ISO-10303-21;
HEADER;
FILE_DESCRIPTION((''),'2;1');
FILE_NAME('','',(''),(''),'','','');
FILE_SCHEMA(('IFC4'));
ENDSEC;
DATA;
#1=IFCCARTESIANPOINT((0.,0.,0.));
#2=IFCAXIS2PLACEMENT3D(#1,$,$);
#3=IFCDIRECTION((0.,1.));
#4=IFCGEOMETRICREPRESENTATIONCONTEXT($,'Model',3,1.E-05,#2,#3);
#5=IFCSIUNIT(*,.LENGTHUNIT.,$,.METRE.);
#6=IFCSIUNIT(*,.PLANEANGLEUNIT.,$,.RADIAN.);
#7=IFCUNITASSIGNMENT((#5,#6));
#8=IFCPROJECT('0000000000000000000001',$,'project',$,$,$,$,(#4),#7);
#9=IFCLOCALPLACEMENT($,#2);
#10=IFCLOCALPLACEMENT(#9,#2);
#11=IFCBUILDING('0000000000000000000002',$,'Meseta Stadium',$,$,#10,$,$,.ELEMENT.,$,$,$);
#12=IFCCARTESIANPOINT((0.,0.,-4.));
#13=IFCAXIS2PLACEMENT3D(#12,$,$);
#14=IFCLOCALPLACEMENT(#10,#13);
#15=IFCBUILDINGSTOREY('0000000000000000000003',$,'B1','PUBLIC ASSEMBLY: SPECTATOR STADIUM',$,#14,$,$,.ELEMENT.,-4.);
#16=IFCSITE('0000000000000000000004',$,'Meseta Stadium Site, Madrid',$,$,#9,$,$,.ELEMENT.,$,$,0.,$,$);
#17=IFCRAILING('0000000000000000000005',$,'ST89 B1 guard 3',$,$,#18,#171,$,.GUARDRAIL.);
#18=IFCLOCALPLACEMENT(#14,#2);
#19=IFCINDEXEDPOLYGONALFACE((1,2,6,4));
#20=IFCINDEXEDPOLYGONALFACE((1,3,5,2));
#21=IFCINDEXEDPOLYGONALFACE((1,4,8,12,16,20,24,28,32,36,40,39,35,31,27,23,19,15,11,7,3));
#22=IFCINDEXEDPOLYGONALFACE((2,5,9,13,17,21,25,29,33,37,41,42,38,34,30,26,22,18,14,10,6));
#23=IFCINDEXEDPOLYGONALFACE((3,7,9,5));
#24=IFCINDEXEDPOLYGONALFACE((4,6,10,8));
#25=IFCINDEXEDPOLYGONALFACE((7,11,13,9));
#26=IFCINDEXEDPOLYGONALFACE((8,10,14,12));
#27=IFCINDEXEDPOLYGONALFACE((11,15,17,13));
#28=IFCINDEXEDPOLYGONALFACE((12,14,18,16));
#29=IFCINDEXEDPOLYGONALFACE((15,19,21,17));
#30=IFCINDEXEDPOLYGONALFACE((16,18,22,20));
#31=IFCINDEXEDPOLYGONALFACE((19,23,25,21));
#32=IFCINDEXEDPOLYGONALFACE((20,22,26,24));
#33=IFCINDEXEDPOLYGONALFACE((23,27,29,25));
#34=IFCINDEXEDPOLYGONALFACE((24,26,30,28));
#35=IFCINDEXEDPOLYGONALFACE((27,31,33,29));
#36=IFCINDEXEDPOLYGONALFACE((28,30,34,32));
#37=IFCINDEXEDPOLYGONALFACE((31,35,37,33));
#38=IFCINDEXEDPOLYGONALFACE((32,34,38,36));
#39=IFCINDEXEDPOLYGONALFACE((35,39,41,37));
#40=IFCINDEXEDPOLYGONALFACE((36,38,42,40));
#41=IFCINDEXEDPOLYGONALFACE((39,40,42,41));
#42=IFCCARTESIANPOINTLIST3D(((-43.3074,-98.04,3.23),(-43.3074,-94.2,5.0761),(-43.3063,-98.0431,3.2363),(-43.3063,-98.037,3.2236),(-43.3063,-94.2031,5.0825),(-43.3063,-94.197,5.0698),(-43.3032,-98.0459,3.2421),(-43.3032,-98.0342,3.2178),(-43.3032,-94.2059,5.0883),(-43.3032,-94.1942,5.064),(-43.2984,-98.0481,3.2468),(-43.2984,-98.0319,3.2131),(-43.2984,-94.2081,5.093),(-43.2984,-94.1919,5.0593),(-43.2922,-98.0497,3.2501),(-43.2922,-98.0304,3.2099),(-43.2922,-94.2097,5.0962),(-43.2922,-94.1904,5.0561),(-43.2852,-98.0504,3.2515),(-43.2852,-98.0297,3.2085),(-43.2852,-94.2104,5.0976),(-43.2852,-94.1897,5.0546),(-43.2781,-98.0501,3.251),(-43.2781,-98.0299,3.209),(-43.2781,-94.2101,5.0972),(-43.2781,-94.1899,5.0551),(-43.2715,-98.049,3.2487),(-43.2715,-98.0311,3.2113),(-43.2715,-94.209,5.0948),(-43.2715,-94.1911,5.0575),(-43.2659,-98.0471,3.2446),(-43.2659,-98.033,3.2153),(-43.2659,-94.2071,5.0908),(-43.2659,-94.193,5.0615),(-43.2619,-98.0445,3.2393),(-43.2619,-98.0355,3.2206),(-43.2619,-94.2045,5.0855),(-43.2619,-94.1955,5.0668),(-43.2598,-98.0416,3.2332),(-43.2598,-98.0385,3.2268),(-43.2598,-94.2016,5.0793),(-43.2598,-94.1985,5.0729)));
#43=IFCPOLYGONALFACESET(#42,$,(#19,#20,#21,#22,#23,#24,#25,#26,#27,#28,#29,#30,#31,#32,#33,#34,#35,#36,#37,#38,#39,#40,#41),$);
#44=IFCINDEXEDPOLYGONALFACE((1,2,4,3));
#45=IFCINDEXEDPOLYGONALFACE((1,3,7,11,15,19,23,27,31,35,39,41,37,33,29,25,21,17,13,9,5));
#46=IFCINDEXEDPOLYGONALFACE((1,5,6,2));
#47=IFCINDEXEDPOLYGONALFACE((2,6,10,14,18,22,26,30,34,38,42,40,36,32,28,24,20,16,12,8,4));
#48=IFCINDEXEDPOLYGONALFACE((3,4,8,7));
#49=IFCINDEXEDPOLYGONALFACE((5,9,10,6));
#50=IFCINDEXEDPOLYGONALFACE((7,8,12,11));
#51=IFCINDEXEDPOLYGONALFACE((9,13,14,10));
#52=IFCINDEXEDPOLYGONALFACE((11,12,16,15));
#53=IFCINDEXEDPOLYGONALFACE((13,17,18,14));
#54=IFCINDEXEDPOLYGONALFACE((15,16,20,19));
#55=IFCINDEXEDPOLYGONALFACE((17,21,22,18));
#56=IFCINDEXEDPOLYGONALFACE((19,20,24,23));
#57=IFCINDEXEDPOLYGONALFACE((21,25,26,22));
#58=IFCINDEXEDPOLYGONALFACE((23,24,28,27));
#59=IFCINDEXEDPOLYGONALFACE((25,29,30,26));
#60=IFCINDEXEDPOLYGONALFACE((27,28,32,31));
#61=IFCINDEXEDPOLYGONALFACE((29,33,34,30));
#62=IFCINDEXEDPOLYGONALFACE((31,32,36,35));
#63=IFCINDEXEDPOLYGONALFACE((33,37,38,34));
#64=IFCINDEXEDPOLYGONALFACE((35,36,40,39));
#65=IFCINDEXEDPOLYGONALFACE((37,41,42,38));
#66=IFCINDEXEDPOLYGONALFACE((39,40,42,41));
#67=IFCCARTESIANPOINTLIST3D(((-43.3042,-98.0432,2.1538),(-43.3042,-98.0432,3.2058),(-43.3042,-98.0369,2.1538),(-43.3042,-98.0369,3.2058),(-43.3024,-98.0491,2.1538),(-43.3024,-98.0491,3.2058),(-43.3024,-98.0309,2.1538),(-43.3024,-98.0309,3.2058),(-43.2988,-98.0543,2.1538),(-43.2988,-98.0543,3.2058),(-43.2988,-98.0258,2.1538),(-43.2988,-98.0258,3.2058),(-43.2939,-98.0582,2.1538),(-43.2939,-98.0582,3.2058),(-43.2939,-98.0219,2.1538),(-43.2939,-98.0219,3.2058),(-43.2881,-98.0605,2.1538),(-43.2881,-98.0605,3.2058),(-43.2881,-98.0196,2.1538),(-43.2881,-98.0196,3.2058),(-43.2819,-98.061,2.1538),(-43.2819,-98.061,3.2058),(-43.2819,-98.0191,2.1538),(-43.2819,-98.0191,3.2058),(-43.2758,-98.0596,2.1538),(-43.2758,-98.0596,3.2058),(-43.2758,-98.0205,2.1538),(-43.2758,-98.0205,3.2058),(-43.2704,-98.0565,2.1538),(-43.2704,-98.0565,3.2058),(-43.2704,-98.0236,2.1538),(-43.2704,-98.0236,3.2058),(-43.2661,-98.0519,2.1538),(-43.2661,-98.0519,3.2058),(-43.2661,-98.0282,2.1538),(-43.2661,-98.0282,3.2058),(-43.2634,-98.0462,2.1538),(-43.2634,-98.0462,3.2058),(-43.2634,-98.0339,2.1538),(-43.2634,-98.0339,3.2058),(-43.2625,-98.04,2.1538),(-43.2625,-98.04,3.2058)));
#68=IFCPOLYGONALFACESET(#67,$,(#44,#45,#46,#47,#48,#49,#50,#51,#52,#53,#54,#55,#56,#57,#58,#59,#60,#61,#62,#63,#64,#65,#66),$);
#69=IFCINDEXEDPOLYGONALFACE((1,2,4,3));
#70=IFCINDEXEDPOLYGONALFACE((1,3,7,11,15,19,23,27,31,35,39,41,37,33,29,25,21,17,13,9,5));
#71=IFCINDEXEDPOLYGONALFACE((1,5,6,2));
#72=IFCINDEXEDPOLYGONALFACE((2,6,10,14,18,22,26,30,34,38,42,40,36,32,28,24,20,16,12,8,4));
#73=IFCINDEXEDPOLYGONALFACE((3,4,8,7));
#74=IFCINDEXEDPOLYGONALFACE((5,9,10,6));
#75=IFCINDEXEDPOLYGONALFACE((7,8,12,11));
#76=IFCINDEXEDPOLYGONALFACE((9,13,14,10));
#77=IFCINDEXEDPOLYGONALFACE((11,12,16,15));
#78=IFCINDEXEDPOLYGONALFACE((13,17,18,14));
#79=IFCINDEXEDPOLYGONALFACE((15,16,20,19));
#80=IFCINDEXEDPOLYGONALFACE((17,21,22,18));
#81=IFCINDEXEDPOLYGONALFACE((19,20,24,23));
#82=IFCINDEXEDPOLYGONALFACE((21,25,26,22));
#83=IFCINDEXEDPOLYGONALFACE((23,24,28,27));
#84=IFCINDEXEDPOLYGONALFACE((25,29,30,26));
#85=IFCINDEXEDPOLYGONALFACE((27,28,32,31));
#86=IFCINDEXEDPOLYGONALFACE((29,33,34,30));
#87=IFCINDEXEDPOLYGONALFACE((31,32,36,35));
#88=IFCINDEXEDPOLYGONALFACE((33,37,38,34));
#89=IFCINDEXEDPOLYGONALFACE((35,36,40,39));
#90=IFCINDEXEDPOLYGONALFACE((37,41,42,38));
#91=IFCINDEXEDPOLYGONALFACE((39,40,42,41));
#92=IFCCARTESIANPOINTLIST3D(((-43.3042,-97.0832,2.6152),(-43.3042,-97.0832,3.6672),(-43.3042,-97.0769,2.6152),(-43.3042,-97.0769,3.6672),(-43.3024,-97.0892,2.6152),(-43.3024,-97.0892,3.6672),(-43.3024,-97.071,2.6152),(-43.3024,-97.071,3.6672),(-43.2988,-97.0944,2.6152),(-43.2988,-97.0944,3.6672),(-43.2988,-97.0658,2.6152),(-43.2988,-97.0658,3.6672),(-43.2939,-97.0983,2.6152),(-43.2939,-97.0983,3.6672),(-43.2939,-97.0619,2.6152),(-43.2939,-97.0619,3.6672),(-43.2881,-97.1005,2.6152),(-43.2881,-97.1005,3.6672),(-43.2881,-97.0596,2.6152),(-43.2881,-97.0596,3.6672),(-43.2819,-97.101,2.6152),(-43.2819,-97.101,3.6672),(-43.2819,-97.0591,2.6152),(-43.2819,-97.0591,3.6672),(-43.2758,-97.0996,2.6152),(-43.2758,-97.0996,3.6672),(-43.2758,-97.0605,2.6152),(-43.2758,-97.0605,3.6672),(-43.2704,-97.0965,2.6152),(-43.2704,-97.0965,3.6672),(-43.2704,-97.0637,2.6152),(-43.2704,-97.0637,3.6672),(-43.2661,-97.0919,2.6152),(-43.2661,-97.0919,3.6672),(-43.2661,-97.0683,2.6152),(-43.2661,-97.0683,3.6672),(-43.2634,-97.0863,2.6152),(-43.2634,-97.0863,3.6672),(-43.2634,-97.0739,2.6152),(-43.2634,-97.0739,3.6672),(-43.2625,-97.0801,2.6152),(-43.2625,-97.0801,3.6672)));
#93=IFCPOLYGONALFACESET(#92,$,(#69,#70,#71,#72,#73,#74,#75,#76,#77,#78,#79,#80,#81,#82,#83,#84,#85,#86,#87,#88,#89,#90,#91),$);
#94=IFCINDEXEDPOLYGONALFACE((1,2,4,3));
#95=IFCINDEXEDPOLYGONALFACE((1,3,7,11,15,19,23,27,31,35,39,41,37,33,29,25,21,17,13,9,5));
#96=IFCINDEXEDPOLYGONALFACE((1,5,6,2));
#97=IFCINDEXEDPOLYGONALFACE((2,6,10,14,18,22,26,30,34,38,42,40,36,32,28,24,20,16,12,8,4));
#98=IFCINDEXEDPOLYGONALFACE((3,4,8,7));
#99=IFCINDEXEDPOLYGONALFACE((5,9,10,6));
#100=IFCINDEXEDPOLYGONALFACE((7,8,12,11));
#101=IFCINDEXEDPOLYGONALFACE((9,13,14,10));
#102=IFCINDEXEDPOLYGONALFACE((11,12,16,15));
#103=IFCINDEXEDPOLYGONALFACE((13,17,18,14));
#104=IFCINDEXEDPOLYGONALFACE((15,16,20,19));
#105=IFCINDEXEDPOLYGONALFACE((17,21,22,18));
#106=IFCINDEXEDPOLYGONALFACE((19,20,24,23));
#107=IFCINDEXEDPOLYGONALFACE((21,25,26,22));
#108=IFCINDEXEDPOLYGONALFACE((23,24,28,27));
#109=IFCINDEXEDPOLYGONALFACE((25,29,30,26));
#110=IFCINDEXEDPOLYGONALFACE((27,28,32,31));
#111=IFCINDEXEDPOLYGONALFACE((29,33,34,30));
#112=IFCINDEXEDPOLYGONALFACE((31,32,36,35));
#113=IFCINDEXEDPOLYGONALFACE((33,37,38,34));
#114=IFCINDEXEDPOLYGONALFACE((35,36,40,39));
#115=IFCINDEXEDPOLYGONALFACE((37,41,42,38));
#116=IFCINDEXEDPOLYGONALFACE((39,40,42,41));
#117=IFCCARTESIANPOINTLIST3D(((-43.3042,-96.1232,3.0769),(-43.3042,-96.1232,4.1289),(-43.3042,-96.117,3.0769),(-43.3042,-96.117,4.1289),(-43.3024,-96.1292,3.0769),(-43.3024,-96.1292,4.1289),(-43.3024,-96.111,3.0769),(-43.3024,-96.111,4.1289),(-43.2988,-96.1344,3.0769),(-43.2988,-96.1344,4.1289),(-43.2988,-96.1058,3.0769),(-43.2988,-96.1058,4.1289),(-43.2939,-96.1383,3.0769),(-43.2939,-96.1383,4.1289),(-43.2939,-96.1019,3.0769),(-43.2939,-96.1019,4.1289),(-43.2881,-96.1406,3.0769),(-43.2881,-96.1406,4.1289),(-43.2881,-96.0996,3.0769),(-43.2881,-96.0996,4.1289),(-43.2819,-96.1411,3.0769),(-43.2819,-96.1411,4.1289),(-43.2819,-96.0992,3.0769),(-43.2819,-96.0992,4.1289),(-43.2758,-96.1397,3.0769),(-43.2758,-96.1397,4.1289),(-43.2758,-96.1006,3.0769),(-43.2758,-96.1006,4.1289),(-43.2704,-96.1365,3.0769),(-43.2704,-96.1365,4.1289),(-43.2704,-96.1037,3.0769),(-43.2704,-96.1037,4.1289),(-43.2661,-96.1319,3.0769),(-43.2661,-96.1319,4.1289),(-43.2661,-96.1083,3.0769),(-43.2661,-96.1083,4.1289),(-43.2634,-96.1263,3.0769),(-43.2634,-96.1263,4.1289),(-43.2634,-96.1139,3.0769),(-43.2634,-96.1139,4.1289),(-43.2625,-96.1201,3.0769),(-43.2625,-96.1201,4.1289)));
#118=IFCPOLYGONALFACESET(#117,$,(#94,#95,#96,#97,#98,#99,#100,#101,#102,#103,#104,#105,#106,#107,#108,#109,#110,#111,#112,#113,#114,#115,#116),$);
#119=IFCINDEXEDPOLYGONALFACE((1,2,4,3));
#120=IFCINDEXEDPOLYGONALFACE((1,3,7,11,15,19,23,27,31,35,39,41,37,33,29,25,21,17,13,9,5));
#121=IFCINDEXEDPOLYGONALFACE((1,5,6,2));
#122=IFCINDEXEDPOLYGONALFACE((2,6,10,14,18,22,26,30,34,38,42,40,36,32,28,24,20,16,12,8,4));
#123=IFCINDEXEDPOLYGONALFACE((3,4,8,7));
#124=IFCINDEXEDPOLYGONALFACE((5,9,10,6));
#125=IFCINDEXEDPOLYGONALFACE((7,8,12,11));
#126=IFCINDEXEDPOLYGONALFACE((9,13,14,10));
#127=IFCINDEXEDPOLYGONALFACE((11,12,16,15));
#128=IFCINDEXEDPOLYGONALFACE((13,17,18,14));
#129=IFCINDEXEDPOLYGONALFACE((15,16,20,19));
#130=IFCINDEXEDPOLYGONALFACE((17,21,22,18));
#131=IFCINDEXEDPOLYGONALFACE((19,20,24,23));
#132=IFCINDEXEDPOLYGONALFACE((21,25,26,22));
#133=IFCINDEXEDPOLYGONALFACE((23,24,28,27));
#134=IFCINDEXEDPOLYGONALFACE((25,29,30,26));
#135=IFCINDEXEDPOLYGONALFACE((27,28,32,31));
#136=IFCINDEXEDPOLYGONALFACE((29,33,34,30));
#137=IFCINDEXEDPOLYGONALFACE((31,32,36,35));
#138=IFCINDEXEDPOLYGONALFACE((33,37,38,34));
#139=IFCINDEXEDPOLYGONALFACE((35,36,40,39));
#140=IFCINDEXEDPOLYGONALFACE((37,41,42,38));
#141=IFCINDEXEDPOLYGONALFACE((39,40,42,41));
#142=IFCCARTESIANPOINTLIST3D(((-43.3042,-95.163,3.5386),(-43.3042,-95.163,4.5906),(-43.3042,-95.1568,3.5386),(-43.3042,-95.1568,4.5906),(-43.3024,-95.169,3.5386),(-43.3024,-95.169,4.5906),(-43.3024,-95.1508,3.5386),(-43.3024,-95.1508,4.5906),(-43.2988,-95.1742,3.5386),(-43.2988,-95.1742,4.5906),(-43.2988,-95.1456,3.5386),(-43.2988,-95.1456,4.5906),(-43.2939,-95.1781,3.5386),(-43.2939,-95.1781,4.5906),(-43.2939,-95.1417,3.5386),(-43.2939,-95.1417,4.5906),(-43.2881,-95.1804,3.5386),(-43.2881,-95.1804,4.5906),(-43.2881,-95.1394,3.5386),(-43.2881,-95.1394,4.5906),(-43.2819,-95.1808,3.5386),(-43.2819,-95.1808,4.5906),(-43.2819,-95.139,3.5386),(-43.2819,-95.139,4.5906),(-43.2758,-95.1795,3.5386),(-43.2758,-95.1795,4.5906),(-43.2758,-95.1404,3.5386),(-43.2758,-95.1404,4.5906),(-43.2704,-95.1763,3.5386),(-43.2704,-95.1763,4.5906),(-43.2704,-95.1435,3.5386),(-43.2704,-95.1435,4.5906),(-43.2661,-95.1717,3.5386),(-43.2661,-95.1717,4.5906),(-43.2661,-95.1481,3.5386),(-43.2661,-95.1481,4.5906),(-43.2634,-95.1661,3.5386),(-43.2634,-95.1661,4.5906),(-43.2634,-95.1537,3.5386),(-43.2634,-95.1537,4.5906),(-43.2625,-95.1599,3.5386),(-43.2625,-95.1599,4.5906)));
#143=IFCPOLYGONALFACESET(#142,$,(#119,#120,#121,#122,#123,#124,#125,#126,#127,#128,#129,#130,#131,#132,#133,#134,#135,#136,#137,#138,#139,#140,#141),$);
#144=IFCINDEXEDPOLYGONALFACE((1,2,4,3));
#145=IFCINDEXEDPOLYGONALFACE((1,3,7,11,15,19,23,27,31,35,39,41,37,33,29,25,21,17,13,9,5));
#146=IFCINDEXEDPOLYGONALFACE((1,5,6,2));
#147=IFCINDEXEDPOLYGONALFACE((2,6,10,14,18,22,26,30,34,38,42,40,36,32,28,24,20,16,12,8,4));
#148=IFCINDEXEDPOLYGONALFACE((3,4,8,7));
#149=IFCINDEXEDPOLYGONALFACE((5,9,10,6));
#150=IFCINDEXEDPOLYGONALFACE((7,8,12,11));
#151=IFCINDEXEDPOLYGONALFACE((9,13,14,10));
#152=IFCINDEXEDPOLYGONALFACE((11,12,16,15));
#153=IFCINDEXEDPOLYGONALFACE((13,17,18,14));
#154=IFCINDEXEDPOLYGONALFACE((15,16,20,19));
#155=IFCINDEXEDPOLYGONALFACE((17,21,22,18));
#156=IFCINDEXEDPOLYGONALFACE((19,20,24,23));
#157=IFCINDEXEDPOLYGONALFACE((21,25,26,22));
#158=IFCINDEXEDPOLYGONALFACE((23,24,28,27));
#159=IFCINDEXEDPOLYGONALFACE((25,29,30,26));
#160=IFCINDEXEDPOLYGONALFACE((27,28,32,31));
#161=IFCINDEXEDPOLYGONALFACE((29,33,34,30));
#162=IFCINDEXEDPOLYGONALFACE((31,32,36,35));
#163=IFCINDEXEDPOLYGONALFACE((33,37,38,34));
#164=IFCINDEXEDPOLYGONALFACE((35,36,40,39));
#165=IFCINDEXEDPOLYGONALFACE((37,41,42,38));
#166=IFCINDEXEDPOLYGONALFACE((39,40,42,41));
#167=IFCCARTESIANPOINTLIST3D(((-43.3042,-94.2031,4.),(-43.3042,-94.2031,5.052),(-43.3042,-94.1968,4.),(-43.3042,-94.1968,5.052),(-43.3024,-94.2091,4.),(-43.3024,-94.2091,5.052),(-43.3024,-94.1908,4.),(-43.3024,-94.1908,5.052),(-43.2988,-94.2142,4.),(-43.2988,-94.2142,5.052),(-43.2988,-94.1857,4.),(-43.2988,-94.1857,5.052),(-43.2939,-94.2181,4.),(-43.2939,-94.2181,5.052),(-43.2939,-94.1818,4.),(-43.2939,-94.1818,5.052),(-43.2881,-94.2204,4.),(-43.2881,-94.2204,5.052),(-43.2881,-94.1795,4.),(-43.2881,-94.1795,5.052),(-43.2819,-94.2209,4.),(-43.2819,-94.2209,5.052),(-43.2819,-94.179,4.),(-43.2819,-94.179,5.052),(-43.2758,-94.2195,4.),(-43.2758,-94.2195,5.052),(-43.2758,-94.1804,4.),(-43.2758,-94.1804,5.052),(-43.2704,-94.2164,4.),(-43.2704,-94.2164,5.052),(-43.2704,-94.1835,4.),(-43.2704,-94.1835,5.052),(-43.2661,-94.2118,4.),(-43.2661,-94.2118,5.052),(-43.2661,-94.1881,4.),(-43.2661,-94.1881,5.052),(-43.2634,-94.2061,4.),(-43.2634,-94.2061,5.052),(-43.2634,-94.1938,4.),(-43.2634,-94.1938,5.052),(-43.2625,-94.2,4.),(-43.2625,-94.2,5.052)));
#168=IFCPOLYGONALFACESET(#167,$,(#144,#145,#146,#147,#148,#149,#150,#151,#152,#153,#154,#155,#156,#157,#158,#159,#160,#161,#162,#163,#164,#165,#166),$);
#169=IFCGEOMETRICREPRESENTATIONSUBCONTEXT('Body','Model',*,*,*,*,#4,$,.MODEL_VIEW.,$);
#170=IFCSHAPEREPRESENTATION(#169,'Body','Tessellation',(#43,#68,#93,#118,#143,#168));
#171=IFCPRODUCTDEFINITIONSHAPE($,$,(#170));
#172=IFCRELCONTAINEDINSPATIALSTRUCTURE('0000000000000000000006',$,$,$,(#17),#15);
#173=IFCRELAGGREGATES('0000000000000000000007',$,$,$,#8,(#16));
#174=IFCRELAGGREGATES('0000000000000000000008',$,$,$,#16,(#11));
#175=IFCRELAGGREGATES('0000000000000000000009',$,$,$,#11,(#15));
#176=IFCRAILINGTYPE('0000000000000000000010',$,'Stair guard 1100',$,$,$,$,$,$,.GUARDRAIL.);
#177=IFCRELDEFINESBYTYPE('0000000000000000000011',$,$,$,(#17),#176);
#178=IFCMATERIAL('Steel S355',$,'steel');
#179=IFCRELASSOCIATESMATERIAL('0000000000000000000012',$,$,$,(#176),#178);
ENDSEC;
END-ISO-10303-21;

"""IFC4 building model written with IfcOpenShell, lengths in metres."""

from ifc_helpers import new_model, si_unit, direction, frame, origin, origin_2d, place, context, subcontext, project, spatial, circle, extrude, material, type_object, element, save


model = new_model("IFC4")

# Units and contexts
model_context = context("Model", 3, precision=1e-05, world=origin(), true_north=direction((0.0, 1.0)))
body_context = subcontext(model_context, "Body", "Model", "MODEL_VIEW")
ifc_project = project(units=[si_unit("LENGTHUNIT", "METRE"), si_unit("PLANEANGLEUNIT", "RADIAN")], contexts=[model_context])

# Site, building, storey
site_placement = place(None, origin())
site = spatial("IfcSite", under=ifc_project, at=site_placement, Name="Meseta Stadium Site, Madrid", CompositionType="ELEMENT", RefElevation=0.0)
building_placement = place(site_placement, origin())
building = spatial("IfcBuilding", under=site, at=building_placement, Name="Meseta Stadium", CompositionType="ELEMENT")
storey_placement = place(building_placement, frame((0.0, 0.0, -4.0)))
storey = spatial("IfcBuildingStorey", under=building, at=storey_placement, Name="B1", Description="PUBLIC ASSEMBLY: SPECTATOR STADIUM", CompositionType="ELEMENT", Elevation=-4.0)

# Railing
ifc_material_1 = material(Name="Steel S355", Category="steel")
railing_type_1 = type_object("IfcRailingType", Name="Stair guard 1100", PredefinedType="GUARDRAIL", material=ifc_material_1)
railing_1_placement = place(storey_placement, frame((-43.2834, -98.04, 2.1538)))
element("IfcRailing", 1, at=railing_1_placement, inside=storey, type_object=railing_type_1, Name="ST89 B1 guard 3", PredefinedType="GUARDRAIL", context=body_context, shape_type="SweptSolid", body=[
    extrude(circle(Radius=0.0239, at=origin_2d()), frame((0.0, 0.0, 1.0762), z_axis=(0.0, 0.901253, 0.433294), x_axis=(-1.0, 0.0, 0.0)), (0.0, 0.0, 1.0), 4.2607),
    extrude(circle(Radius=0.021, at=origin_2d()), origin(), (0.0, 0.0, 1.0), 1.052),
    extrude(circle(Radius=0.021, at=origin_2d()), frame((0.0, 0.96, 0.4614)), (0.0, 0.0, 1.0), 1.052),
    extrude(circle(Radius=0.021, at=origin_2d()), frame((0.0, 1.9199, 0.9231)), (0.0, 0.0, 1.0), 1.052),
    extrude(circle(Radius=0.021, at=origin_2d()), frame((0.0, 2.8801, 1.3848)), (0.0, 0.0, 1.0), 1.052),
    extrude(circle(Radius=0.021, at=origin_2d()), frame((0.0, 3.8401, 1.8462)), (0.0, 0.0, 1.0), 1.052),
])

save(model, "model.ifc")
